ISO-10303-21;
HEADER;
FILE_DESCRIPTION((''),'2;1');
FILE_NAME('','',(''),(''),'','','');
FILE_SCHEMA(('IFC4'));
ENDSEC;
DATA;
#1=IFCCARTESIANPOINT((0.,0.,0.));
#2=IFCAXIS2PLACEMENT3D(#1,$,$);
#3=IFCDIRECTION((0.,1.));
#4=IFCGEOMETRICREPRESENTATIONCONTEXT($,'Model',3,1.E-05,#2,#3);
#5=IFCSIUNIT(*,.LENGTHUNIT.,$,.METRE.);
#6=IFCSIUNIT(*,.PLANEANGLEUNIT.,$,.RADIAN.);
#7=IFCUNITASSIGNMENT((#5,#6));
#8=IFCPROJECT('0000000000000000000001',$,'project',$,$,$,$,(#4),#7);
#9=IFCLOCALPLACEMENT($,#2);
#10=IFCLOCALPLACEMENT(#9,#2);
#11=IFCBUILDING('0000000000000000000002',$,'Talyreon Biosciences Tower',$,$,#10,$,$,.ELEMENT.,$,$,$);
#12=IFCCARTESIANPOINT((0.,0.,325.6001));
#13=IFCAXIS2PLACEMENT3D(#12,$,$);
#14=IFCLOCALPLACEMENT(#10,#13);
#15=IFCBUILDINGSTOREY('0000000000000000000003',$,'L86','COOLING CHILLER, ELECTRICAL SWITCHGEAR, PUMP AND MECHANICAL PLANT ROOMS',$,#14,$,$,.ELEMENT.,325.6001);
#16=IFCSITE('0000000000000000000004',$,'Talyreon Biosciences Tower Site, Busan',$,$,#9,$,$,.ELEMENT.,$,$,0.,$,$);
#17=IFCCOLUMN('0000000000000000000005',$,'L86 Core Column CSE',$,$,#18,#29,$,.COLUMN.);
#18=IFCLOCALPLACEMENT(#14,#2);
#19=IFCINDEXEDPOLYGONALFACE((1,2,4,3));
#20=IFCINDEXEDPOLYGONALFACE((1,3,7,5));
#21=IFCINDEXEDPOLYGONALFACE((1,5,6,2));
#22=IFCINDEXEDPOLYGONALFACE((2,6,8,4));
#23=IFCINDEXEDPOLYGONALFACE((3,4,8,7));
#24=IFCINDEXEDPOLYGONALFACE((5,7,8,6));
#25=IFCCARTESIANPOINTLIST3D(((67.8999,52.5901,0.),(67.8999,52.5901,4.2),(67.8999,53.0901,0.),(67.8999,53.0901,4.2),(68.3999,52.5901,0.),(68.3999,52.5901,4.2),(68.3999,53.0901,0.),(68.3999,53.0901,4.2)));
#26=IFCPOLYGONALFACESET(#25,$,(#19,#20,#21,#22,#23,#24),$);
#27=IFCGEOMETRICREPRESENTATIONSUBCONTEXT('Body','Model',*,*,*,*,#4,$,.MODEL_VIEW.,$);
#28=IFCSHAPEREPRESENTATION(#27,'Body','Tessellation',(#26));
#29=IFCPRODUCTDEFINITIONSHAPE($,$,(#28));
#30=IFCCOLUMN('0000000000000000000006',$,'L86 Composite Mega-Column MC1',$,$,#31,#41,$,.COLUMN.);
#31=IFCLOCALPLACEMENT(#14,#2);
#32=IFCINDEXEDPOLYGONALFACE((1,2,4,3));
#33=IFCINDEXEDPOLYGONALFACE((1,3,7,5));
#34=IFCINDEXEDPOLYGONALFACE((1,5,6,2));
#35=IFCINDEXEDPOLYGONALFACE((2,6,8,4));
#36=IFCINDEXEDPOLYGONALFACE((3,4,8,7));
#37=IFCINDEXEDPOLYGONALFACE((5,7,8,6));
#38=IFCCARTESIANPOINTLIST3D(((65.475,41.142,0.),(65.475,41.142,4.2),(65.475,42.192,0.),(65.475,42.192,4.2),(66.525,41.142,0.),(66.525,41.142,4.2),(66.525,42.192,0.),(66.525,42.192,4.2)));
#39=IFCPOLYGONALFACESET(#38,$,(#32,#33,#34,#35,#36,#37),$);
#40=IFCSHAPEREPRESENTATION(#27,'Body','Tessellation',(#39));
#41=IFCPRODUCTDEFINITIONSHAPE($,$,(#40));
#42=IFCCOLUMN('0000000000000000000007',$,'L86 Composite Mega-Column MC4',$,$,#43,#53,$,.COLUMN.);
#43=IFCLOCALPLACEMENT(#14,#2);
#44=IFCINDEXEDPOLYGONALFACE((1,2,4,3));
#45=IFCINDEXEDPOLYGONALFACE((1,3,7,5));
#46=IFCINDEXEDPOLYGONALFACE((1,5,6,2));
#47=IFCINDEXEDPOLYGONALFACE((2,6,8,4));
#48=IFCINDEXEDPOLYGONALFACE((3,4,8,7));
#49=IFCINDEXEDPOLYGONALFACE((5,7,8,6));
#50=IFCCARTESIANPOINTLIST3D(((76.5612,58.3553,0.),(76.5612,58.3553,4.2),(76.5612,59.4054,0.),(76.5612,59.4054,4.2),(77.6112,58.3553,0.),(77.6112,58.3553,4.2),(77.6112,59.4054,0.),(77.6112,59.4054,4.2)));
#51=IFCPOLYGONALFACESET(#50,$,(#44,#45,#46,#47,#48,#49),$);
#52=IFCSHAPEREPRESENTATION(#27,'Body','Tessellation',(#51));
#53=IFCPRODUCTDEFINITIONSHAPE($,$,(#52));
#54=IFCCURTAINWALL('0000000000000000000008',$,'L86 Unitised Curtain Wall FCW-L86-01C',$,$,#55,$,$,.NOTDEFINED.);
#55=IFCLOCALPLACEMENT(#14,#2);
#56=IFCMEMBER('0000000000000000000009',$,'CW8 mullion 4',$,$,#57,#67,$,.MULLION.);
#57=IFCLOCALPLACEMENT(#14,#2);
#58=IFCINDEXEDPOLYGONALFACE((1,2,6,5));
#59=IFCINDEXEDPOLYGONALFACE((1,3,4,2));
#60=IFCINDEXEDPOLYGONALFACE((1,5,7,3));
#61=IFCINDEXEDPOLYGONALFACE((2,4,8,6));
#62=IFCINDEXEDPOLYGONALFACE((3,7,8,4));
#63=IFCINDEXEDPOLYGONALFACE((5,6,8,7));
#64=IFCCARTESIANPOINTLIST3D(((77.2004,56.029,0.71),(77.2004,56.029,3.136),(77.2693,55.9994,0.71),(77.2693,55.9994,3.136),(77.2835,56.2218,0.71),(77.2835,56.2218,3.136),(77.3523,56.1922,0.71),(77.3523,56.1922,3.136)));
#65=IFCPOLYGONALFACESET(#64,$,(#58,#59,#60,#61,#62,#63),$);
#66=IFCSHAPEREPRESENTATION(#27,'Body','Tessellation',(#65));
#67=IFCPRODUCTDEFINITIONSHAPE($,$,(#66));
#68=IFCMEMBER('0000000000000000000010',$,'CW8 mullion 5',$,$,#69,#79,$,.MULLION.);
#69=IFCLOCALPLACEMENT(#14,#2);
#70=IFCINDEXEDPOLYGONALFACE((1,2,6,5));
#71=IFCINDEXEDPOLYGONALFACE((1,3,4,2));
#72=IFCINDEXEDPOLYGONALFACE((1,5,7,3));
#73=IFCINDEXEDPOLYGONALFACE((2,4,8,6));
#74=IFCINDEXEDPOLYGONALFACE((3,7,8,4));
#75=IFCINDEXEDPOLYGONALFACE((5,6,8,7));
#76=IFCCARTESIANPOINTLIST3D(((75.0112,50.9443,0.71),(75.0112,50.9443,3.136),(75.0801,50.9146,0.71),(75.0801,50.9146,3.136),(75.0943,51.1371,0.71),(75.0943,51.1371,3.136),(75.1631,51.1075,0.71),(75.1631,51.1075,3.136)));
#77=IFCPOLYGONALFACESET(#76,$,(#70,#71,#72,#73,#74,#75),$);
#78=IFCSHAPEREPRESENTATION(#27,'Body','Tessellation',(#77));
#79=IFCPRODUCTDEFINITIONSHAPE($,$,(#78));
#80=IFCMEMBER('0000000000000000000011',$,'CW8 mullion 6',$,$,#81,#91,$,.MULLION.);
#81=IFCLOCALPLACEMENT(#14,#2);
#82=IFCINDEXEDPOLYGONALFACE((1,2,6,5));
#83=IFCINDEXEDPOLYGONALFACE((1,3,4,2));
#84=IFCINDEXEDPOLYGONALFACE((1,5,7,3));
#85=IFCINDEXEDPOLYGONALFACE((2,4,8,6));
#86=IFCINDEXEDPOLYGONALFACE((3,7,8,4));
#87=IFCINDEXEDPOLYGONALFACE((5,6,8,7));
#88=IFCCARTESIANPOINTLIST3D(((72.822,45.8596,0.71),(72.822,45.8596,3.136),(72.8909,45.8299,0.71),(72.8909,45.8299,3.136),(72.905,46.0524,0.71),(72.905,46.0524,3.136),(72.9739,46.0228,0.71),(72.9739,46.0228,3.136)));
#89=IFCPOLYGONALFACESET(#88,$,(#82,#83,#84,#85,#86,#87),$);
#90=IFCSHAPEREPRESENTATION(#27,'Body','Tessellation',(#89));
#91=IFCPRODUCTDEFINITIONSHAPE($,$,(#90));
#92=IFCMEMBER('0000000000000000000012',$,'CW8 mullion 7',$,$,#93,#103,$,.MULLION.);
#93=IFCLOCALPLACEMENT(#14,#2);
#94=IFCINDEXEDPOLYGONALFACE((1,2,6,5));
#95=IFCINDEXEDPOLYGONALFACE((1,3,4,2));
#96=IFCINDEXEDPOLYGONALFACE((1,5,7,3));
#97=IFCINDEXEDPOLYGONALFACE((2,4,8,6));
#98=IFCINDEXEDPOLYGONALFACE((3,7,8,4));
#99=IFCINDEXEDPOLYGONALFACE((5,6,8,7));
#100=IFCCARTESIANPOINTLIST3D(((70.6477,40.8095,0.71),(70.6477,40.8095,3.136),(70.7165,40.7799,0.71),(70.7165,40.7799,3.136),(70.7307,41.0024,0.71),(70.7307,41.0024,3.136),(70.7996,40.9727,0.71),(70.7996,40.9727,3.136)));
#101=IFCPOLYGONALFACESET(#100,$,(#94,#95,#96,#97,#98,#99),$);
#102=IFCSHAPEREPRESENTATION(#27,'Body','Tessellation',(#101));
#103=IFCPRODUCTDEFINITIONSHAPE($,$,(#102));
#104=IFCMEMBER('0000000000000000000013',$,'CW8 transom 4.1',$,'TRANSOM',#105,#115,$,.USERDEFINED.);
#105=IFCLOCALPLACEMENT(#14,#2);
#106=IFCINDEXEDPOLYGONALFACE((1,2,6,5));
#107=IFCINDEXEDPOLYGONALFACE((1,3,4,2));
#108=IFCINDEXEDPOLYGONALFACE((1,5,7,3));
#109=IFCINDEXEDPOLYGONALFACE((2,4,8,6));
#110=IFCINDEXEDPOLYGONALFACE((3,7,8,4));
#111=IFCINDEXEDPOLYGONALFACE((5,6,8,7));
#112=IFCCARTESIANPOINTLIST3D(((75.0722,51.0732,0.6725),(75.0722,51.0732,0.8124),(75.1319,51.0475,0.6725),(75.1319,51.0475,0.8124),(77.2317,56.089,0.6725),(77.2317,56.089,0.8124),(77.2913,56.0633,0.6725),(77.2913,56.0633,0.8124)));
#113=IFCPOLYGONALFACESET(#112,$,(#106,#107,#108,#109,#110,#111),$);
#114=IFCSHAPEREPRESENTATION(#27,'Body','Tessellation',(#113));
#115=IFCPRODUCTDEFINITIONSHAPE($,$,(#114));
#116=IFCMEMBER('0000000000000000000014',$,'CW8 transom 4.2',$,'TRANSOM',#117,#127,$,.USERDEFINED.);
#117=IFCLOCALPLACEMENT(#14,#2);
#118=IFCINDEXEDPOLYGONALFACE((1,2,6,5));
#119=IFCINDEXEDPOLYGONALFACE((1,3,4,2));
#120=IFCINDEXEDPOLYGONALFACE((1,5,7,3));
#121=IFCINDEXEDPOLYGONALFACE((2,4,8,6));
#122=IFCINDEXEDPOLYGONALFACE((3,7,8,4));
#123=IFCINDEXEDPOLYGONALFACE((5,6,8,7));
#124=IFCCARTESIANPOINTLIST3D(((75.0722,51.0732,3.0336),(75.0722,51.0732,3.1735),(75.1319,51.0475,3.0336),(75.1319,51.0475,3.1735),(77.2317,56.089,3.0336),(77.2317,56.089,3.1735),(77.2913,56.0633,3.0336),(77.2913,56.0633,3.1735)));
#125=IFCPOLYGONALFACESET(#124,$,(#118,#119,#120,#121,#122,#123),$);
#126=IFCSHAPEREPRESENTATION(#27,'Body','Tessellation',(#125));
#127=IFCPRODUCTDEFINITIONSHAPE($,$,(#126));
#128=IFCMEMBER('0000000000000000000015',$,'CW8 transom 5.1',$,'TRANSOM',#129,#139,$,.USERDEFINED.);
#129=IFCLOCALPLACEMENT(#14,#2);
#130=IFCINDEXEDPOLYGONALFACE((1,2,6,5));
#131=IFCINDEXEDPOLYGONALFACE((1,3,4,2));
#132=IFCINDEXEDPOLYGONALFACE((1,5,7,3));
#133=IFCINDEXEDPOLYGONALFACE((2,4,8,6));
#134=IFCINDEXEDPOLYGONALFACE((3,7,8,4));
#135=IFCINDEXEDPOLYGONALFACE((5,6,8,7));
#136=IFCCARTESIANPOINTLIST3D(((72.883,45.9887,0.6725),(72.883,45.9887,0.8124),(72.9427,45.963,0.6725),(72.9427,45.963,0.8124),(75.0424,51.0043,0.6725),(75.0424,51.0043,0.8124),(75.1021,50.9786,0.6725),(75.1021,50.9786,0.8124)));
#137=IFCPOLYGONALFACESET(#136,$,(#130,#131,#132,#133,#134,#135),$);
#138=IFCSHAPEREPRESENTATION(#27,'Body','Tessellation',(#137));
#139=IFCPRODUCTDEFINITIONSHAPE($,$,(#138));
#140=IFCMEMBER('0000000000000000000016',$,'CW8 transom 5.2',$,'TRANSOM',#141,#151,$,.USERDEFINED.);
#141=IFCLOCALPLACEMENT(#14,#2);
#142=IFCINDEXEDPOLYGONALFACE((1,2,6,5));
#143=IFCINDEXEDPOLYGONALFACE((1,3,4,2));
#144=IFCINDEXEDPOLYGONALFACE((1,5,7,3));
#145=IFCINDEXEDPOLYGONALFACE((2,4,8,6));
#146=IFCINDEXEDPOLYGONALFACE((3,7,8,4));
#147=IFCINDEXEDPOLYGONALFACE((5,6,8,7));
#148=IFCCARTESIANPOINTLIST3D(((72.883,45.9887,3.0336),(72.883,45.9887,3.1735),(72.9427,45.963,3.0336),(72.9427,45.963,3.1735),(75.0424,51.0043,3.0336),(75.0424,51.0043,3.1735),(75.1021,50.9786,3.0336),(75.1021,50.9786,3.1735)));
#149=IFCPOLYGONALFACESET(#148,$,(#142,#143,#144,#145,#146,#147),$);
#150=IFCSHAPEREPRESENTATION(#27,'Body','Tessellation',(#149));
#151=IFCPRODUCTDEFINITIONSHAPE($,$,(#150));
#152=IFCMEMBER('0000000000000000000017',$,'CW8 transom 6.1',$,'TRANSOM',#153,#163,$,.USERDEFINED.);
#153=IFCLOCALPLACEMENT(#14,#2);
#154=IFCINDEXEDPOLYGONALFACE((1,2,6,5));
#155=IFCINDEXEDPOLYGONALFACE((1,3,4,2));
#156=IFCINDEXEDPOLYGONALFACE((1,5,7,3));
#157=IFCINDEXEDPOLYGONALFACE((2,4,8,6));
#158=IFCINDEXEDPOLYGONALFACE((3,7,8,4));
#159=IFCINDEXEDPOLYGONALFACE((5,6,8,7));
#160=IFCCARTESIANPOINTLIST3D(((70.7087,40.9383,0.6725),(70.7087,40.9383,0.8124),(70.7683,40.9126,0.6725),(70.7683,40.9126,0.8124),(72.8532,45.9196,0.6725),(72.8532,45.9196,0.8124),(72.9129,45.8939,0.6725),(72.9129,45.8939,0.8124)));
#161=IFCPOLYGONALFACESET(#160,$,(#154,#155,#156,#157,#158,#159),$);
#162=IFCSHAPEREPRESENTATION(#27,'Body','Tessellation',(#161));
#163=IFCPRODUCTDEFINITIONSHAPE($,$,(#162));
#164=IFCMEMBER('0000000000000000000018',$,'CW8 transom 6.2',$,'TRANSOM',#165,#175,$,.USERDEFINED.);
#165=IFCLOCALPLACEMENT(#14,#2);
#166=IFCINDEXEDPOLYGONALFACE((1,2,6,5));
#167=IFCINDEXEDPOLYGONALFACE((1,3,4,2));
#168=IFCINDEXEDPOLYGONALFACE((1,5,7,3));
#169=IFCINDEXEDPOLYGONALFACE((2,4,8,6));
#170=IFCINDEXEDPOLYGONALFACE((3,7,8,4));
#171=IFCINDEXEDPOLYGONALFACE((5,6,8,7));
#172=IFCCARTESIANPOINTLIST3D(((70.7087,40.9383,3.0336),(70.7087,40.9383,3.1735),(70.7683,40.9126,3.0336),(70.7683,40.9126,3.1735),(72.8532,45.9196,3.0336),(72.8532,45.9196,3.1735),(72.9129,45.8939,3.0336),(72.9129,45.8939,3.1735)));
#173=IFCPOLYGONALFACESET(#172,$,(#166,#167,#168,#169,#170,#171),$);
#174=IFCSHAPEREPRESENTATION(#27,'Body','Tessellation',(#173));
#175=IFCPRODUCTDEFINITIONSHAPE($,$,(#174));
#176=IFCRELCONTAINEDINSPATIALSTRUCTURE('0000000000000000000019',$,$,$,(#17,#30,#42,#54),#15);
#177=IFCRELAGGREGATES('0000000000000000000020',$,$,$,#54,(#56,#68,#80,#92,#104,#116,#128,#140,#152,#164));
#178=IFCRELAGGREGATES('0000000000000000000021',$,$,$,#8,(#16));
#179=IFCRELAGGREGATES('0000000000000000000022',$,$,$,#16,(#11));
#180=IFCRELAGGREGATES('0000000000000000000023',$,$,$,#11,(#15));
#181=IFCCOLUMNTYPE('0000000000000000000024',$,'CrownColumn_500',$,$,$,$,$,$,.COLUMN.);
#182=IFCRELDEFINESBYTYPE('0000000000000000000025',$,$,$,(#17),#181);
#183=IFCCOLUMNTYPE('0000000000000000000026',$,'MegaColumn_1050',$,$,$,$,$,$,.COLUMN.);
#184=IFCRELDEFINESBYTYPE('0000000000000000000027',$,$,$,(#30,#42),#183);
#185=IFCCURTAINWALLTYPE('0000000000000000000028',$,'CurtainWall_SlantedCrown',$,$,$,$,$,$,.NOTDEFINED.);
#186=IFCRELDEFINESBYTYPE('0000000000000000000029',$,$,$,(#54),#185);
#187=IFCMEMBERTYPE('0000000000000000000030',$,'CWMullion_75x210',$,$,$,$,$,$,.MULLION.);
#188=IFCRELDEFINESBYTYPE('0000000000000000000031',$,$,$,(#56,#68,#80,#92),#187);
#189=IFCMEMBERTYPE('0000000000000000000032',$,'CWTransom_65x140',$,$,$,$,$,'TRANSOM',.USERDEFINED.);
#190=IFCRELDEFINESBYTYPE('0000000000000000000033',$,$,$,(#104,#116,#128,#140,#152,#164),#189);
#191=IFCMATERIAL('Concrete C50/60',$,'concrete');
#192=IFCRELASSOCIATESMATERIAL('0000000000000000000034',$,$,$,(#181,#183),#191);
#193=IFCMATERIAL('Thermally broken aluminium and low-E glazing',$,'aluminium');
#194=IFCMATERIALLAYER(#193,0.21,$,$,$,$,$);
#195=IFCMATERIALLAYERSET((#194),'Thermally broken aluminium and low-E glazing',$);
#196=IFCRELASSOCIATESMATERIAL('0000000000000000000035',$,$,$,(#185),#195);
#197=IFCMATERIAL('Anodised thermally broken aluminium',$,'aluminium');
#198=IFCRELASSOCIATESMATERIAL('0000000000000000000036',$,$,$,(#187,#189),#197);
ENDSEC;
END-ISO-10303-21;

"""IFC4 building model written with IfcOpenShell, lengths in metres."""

from ifc_helpers import new_model, si_unit, direction, frame, origin, origin_2d, place, context, subcontext, project, spatial, rectangle, extrude, material, layer, layer_set, material_profile, profile_set, type_object, element, aggregate, save


model = new_model("IFC4")

# Units and contexts
model_context = context("Model", 3, precision=1e-05, world=origin(), true_north=direction((0.0, 1.0)))
body_context = subcontext(model_context, "Body", "Model", "MODEL_VIEW")
ifc_project = project(units=[si_unit("LENGTHUNIT", "METRE"), si_unit("PLANEANGLEUNIT", "RADIAN")], contexts=[model_context])

# Site, building, storey
site_placement = place(None, origin())
site = spatial("IfcSite", under=ifc_project, at=site_placement, Name="Talyreon Biosciences Tower Site, Busan", CompositionType="ELEMENT", RefElevation=0.0)
building_placement = place(site_placement, origin())
building = spatial("IfcBuilding", under=site, at=building_placement, Name="Talyreon Biosciences Tower", CompositionType="ELEMENT")
storey_placement = place(building_placement, frame((0.0, 0.0, 325.6001)))
storey = spatial("IfcBuildingStorey", under=building, at=storey_placement, Name="L86", Description="COOLING CHILLER, ELECTRICAL SWITCHGEAR, PUMP AND MECHANICAL PLANT ROOMS", CompositionType="ELEMENT", Elevation=325.6001)

# Columns
ifc_material_1 = material(Name="Concrete C50/60", Category="concrete")
ifc_material_profile_1 = material_profile(ifc_material_1, rectangle(XDim=0.5, YDim=0.5, at=origin_2d()), Name="RC 500x500")
ifc_profile_set_1 = profile_set([ifc_material_profile_1], Name="Concrete C50/60")
column_type_1 = type_object("IfcColumnType", Name="CrownColumn_500", PredefinedType="COLUMN", material=ifc_profile_set_1)
column_placement = place(storey_placement, frame((68.1499, 52.8401, 0.0), z_axis=(0.0, 0.0, 1.0), x_axis=(1.0, 0.0, 0.0)))
element("IfcColumn", 1, at=column_placement, inside=storey, type_object=column_type_1, Name="L86 Core Column CSE", PredefinedType="COLUMN", context=body_context, shape_type="SweptSolid", body=[
    extrude(rectangle(XDim=0.5, YDim=0.5, at=origin_2d()), origin(), (0.0, 0.0, 1.0), 4.2),
])
ifc_material_profile_2 = material_profile(ifc_material_1, rectangle(XDim=1.05, YDim=1.05, at=origin_2d()), Name="RC 1050x1050")
ifc_profile_set_2 = profile_set([ifc_material_profile_2], Name="Concrete C50/60")
column_type_2 = type_object("IfcColumnType", Name="MegaColumn_1050", PredefinedType="COLUMN", material=ifc_profile_set_2)
for number, where, z_axis, x_axis, name in (
    (2, (66.0, 41.667, 0.0), (0.0, 0.0, 1.0), (1.0, 0.0, 0.0), "L86 Composite Mega-Column MC1"),
    (3, (77.0862, 58.8804, 0.0), (0.0, 0.0, 1.0), (1.0, 0.0, 0.0), "L86 Composite Mega-Column MC4"),
):
    element("IfcColumn", number, at=place(storey_placement, frame(where, z_axis=z_axis, x_axis=x_axis)), inside=storey, type_object=column_type_2, Name=name, PredefinedType="COLUMN", context=body_context, shape_type="SweptSolid", body=[
        extrude(rectangle(XDim=1.05, YDim=1.05, at=origin_2d()), origin(), (0.0, 0.0, 1.0), 4.2),
    ])

# Curtain wall, members
ifc_material_2 = material(Name="Thermally broken aluminium and low-E glazing", Category="aluminium")
ifc_layer_1 = layer(ifc_material_2, 0.21)
ifc_layer_set_1 = layer_set([ifc_layer_1], Name="Thermally broken aluminium and low-E glazing")
curtain_wall_type = type_object("IfcCurtainWallType", Name="CurtainWall_SlantedCrown", PredefinedType="NOTDEFINED", material=ifc_layer_set_1)
curtain_wall_placement = place(storey_placement, origin())
curtain_wall = element("IfcCurtainWall", 4, at=curtain_wall_placement, inside=storey, type_object=curtain_wall_type, Name="L86 Unitised Curtain Wall FCW-L86-01C", PredefinedType="NOTDEFINED")
ifc_material_3 = material(Name="Anodised thermally broken aluminium", Category="aluminium")
ifc_material_profile_3 = material_profile(ifc_material_3, rectangle(XDim=0.075, YDim=0.21, at=origin_2d()), Name="ALUM MULLION 75x210")
ifc_profile_set_3 = profile_set([ifc_material_profile_3], Name="Anodised thermally broken aluminium")
member_type_1 = type_object("IfcMemberType", Name="CWMullion_75x210", PredefinedType="MULLION", material=ifc_profile_set_3)
member_1_placement = place(storey_placement, frame((77.2764, 56.1106, 0.71), z_axis=(0.0, 0.0, 1.0), x_axis=(0.918487, -0.395451, 0.0)))
member_1 = element("IfcMember", 5, at=member_1_placement, type_object=member_type_1, Name="CW8 mullion 4", PredefinedType="MULLION", context=body_context, shape_type="SweptSolid", body=[
    extrude(rectangle(XDim=0.075, YDim=0.21, at=origin_2d()), origin(), (0.0, 0.0, 1.0), 2.426),
])
member_2_placement = place(storey_placement, frame((75.0872, 51.0259, 0.71), z_axis=(0.0, 0.0, 1.0), x_axis=(0.918487, -0.395451, 0.0)))
member_2 = element("IfcMember", 6, at=member_2_placement, type_object=member_type_1, Name="CW8 mullion 5", PredefinedType="MULLION", context=body_context, shape_type="SweptSolid", body=[
    extrude(rectangle(XDim=0.075, YDim=0.21, at=origin_2d()), origin(), (0.0, 0.0, 1.0), 2.426),
])
member_3_placement = place(storey_placement, frame((72.8979, 45.9412, 0.71), z_axis=(0.0, 0.0, 1.0), x_axis=(0.918487, -0.395451, 0.0)))
member_3 = element("IfcMember", 7, at=member_3_placement, type_object=member_type_1, Name="CW8 mullion 6", PredefinedType="MULLION", context=body_context, shape_type="SweptSolid", body=[
    extrude(rectangle(XDim=0.075, YDim=0.21, at=origin_2d()), origin(), (0.0, 0.0, 1.0), 2.426),
])
member_4_placement = place(storey_placement, frame((70.7236, 40.8911, 0.71), z_axis=(0.0, 0.0, 1.0), x_axis=(0.918487, -0.395451, 0.0)))
member_4 = element("IfcMember", 8, at=member_4_placement, type_object=member_type_1, Name="CW8 mullion 7", PredefinedType="MULLION", context=body_context, shape_type="SweptSolid", body=[
    extrude(rectangle(XDim=0.075, YDim=0.21, at=origin_2d()), origin(), (0.0, 0.0, 1.0), 2.426),
])
ifc_material_profile_4 = material_profile(ifc_material_3, rectangle(XDim=0.0649, YDim=0.1399, at=origin_2d()), Name="ALUM TRANSOM 65x140")
ifc_profile_set_4 = profile_set([ifc_material_profile_4], Name="Anodised thermally broken aluminium")
member_type_2 = type_object("IfcMemberType", Name="CWTransom_65x140", ElementType="TRANSOM", PredefinedType="USERDEFINED", material=ifc_profile_set_4)
member_5_placement = place(storey_placement, frame((77.2615, 56.0762, 0.7424), z_axis=(-0.39543, -0.918496, 0.0), x_axis=(0.918496, -0.39543, 0.0)))
member_5 = element("IfcMember", 9, at=member_5_placement, type_object=member_type_2, Name="CW8 transom 4.1", ObjectType="TRANSOM", PredefinedType="USERDEFINED", context=body_context, shape_type="SweptSolid", body=[
    extrude(rectangle(XDim=0.0649, YDim=0.1399, at=origin_2d()), origin(), (0.0, 0.0, 1.0), 5.4609),
])
member_6_placement = place(storey_placement, frame((77.2615, 56.0762, 3.1035), z_axis=(-0.39543, -0.918496, 0.0), x_axis=(0.918496, -0.39543, 0.0)))
member_6 = element("IfcMember", 10, at=member_6_placement, type_object=member_type_2, Name="CW8 transom 4.2", ObjectType="TRANSOM", PredefinedType="USERDEFINED", context=body_context, shape_type="SweptSolid", body=[
    extrude(rectangle(XDim=0.0649, YDim=0.1399, at=origin_2d()), origin(), (0.0, 0.0, 1.0), 5.4609),
])
member_7_placement = place(storey_placement, frame((75.0723, 50.9915, 0.7424), z_axis=(-0.395446, -0.918489, 0.0), x_axis=(0.918489, -0.395446, 0.0)))
member_7 = element("IfcMember", 11, at=member_7_placement, type_object=member_type_2, Name="CW8 transom 5.1", ObjectType="TRANSOM", PredefinedType="USERDEFINED", context=body_context, shape_type="SweptSolid", body=[
    extrude(rectangle(XDim=0.0649, YDim=0.1399, at=origin_2d()), origin(), (0.0, 0.0, 1.0), 5.4607),
])
member_8_placement = place(storey_placement, frame((75.0723, 50.9915, 3.1035), z_axis=(-0.395446, -0.918489, 0.0), x_axis=(0.918489, -0.395446, 0.0)))
member_8 = element("IfcMember", 12, at=member_8_placement, type_object=member_type_2, Name="CW8 transom 5.2", ObjectType="TRANSOM", PredefinedType="USERDEFINED", context=body_context, shape_type="SweptSolid", body=[
    extrude(rectangle(XDim=0.0649, YDim=0.1399, at=origin_2d()), origin(), (0.0, 0.0, 1.0), 5.4607),
])
member_9_placement = place(storey_placement, frame((72.8831, 45.9067, 0.7424), z_axis=(-0.395435, -0.918494, 0.0), x_axis=(0.918494, -0.395435, 0.0)))
member_9 = element("IfcMember", 13, at=member_9_placement, type_object=member_type_2, Name="CW8 transom 6.1", ObjectType="TRANSOM", PredefinedType="USERDEFINED", context=body_context, shape_type="SweptSolid", body=[
    extrude(rectangle(XDim=0.0649, YDim=0.1399, at=origin_2d()), origin(), (0.0, 0.0, 1.0), 5.4233),
])
member_10_placement = place(storey_placement, frame((72.8831, 45.9067, 3.1035), z_axis=(-0.395435, -0.918494, 0.0), x_axis=(0.918494, -0.395435, 0.0)))
member_10 = element("IfcMember", 14, at=member_10_placement, type_object=member_type_2, Name="CW8 transom 6.2", ObjectType="TRANSOM", PredefinedType="USERDEFINED", context=body_context, shape_type="SweptSolid", body=[
    extrude(rectangle(XDim=0.0649, YDim=0.1399, at=origin_2d()), origin(), (0.0, 0.0, 1.0), 5.4233),
])

aggregate(curtain_wall, [member_1, member_2, member_3, member_4, member_5, member_6, member_7, member_8, member_9, member_10])

save(model, "model.ifc")
